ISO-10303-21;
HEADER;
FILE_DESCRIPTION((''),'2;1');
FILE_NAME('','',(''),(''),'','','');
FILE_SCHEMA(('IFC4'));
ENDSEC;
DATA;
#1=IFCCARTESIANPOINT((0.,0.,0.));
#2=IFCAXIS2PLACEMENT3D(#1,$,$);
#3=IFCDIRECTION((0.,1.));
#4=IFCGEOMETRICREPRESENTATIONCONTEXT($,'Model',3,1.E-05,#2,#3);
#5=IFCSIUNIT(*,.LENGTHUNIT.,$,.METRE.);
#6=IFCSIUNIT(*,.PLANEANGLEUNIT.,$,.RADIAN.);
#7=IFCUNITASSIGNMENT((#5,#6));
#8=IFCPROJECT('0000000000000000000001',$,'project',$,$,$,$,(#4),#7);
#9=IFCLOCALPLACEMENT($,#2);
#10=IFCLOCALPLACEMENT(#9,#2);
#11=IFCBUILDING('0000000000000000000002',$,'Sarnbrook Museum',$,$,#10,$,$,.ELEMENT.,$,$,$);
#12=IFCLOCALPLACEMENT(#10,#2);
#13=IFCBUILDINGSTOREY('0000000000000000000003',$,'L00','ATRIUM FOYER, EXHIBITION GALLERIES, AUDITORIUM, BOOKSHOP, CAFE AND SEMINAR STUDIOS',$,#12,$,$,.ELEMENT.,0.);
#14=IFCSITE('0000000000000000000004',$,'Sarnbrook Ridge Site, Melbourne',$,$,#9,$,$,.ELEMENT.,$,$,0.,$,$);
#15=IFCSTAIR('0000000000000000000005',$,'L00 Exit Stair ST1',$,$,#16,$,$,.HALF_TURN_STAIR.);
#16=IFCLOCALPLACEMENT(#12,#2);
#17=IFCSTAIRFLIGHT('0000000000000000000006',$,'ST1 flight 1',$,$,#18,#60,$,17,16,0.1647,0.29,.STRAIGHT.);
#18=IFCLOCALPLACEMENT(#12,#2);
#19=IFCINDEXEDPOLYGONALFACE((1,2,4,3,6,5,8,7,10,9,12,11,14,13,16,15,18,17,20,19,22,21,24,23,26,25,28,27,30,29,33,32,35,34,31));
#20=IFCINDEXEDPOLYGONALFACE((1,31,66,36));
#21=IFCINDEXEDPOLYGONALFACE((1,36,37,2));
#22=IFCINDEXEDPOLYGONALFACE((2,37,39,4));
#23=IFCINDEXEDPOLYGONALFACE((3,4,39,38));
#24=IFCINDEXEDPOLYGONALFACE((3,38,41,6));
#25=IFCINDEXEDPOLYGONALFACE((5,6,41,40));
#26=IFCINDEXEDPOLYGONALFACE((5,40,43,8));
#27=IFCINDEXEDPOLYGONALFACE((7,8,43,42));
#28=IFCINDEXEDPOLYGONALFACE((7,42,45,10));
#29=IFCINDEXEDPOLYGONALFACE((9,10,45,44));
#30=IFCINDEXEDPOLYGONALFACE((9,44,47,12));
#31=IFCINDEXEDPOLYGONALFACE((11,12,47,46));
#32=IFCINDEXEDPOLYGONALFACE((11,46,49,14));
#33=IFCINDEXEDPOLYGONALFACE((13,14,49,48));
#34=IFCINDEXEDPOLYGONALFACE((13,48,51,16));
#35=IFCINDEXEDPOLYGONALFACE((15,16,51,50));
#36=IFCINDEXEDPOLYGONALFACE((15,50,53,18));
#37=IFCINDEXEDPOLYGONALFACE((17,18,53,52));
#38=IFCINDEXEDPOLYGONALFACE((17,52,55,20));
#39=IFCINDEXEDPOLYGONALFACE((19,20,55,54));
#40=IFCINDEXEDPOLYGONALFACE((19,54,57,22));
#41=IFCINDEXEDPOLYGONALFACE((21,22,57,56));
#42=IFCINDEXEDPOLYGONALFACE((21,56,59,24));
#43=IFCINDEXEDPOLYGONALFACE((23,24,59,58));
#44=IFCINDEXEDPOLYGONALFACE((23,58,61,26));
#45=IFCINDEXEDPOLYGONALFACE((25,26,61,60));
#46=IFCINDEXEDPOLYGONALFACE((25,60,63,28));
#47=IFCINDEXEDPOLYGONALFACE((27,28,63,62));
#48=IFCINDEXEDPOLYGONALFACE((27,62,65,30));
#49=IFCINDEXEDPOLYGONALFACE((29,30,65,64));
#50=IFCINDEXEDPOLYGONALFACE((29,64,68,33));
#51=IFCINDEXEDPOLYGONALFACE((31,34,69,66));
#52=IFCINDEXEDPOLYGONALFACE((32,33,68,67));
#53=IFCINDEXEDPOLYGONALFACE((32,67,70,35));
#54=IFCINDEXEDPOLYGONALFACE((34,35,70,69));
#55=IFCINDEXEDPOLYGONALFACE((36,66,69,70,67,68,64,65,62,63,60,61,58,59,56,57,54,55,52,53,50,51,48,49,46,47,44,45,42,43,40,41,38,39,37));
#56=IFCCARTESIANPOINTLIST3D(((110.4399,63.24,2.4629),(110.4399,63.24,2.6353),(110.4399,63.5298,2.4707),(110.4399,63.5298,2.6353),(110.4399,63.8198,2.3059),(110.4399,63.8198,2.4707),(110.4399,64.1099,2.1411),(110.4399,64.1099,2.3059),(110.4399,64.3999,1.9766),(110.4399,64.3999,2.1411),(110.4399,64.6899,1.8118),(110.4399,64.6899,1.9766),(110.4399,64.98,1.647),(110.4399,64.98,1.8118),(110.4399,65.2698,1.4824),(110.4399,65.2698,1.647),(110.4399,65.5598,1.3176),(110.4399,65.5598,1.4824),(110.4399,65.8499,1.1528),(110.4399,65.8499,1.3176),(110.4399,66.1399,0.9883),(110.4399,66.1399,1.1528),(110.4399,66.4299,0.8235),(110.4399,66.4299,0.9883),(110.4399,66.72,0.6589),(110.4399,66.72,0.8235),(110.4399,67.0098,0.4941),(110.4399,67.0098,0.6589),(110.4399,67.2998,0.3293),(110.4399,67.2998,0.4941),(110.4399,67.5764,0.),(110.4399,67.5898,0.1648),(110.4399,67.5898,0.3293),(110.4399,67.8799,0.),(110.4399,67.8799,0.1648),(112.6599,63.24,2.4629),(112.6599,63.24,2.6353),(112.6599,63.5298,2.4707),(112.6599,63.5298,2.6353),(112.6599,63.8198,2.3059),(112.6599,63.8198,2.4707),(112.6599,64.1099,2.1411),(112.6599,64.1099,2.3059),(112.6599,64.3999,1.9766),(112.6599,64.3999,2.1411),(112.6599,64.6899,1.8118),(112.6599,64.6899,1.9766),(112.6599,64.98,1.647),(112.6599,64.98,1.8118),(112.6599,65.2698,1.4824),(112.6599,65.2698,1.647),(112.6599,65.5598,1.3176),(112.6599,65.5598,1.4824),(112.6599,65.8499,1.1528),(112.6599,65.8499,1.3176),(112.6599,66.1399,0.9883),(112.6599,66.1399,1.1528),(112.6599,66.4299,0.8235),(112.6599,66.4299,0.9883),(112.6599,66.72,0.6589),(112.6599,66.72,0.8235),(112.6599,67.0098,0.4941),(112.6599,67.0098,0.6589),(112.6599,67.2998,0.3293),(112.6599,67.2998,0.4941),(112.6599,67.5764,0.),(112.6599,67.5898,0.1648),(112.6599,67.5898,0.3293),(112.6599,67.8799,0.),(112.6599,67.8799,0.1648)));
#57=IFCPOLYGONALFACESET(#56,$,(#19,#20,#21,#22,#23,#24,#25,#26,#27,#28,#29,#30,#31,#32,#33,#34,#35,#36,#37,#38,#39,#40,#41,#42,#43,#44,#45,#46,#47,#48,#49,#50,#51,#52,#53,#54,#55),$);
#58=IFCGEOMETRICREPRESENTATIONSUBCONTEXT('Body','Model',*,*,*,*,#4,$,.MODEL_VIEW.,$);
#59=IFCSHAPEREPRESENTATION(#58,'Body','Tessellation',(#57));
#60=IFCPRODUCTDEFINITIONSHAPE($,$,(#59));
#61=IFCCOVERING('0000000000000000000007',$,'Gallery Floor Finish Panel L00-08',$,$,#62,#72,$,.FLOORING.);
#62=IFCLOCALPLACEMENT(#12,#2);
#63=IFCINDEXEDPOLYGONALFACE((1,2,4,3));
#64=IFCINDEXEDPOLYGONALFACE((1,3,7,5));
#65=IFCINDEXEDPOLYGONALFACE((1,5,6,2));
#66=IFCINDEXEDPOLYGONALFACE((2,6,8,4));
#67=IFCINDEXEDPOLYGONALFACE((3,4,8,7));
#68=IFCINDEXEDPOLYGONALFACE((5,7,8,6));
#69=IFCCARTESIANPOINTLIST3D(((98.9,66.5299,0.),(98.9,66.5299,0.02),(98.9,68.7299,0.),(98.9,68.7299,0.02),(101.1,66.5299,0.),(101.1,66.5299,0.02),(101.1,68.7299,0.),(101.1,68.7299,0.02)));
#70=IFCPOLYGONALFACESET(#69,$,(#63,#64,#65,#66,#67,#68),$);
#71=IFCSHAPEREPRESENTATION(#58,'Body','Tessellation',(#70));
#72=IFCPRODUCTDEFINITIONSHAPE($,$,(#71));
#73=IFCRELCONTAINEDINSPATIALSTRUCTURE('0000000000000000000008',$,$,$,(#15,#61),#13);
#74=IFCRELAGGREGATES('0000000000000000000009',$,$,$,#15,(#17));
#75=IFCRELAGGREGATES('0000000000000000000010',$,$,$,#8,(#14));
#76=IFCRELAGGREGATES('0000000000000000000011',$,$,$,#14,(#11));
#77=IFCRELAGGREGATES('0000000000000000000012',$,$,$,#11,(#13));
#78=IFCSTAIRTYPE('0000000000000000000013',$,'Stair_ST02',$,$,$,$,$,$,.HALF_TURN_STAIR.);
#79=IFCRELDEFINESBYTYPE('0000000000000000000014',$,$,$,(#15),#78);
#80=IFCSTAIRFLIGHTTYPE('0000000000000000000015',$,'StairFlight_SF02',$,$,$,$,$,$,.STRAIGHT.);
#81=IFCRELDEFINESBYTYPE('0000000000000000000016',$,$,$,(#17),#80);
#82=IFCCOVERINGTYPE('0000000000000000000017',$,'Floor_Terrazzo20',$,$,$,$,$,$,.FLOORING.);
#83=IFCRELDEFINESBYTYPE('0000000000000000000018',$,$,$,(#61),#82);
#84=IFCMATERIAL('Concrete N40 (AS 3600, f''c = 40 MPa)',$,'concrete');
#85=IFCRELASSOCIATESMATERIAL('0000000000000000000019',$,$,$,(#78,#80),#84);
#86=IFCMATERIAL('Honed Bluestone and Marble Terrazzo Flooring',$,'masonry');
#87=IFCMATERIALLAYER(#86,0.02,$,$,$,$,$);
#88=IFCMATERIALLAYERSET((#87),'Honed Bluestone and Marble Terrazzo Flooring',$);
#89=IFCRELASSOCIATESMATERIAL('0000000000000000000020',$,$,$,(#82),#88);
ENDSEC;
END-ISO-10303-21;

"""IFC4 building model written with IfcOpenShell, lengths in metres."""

from ifc_helpers import new_model, si_unit, direction, frame, origin, origin_2d, place, context, subcontext, project, spatial, polyline, rectangle, outline, extrude, material, layer, layer_set, type_object, element, aggregate, save


model = new_model("IFC4")

# Units and contexts
model_context = context("Model", 3, precision=1e-05, world=origin(), true_north=direction((0.0, 1.0)))
body_context = subcontext(model_context, "Body", "Model", "MODEL_VIEW")
ifc_project = project(units=[si_unit("LENGTHUNIT", "METRE"), si_unit("PLANEANGLEUNIT", "RADIAN")], contexts=[model_context])

# Site, building, storey
site_placement = place(None, origin())
site = spatial("IfcSite", under=ifc_project, at=site_placement, Name="Sarnbrook Ridge Site, Melbourne", CompositionType="ELEMENT", RefElevation=0.0)
building_placement = place(site_placement, origin())
building = spatial("IfcBuilding", under=site, at=building_placement, Name="Sarnbrook Museum", CompositionType="ELEMENT")
storey_placement = place(building_placement, origin())
storey = spatial("IfcBuildingStorey", under=building, at=storey_placement, Name="L00", Description="ATRIUM FOYER, EXHIBITION GALLERIES, AUDITORIUM, BOOKSHOP, CAFE AND SEMINAR STUDIOS", CompositionType="ELEMENT", Elevation=0.0)

# Stair, stair flight
ifc_material_1 = material(Name="Concrete N40 (AS 3600, f'c = 40 MPa)", Category="concrete")
stair_type = type_object("IfcStairType", Name="Stair_ST02", PredefinedType="HALF_TURN_STAIR", material=ifc_material_1)
stair_placement = place(storey_placement, origin())
stair = element("IfcStair", 1, at=stair_placement, inside=storey, type_object=stair_type, Name="L00 Exit Stair ST1", PredefinedType="HALF_TURN_STAIR")
stair_flight_type = type_object("IfcStairFlightType", Name="StairFlight_SF02", PredefinedType="STRAIGHT", material=ifc_material_1)
stair_flight_placement = place(storey_placement, frame((111.55, 67.8799, 0.0), z_axis=(0.0, 0.0, 1.0), x_axis=(0.0, -1.0, 0.0)))
stair_flight = element("IfcStairFlight", 2, at=stair_flight_placement, type_object=stair_flight_type, Name="ST1 flight 1", NumberOfRisers=17, NumberOfTreads=16, PredefinedType="STRAIGHT", RiserHeight=0.1647, TreadLength=0.29, context=body_context, shape_type="SweptSolid", body=[
    extrude(outline(polyline([(0.0, 0.0), (0.0, 0.1648), (0.29, 0.1648), (0.29, 0.3293), (0.5801, 0.3293), (0.5801, 0.4941), (0.8701, 0.4941), (0.8701, 0.6589), (1.1599, 0.6589), (1.1599, 0.8235), (1.45, 0.8235), (1.45, 0.9883), (1.74, 0.9883), (1.74, 1.1528), (2.03, 1.1528), (2.03, 1.3176), (2.3201, 1.3176), (2.3201, 1.4824), (2.6101, 1.4824), (2.6101, 1.647), (2.8999, 1.647), (2.8999, 1.8118), (3.1899, 1.8118), (3.1899, 1.9766), (3.48, 1.9766), (3.48, 2.1411), (3.77, 2.1411), (3.77, 2.3059), (4.0601, 2.3059), (4.0601, 2.4707), (4.3501, 2.4707), (4.3501, 2.6353), (4.6399, 2.6353), (4.6399, 2.8), (4.6399, 2.4629), (0.3035, 0.0), (0.0, 0.0)])), frame((0.0, 1.1099, 0.0), z_axis=(0.0, -1.0, 0.0), x_axis=(1.0, 0.0, 0.0)), (0.0, 0.0, 1.0), 2.22),
])
aggregate(stair, [stair_flight])

# Covering
ifc_material_2 = material(Name="Honed Bluestone and Marble Terrazzo Flooring", Category="masonry")
ifc_layer_1 = layer(ifc_material_2, 0.02)
ifc_layer_set_1 = layer_set([ifc_layer_1], Name="Honed Bluestone and Marble Terrazzo Flooring")
covering_type = type_object("IfcCoveringType", Name="Floor_Terrazzo20", PredefinedType="FLOORING", material=ifc_layer_set_1)
covering_placement = place(storey_placement, frame((100.0, 67.6299, 0.0), z_axis=(0.0, 0.0, 1.0), x_axis=(1.0, 0.0, 0.0)))
element("IfcCovering", 3, at=covering_placement, inside=storey, type_object=covering_type, Name="Gallery Floor Finish Panel L00-08", PredefinedType="FLOORING", context=body_context, shape_type="SweptSolid", body=[
    extrude(rectangle(XDim=2.2, YDim=2.2, at=origin_2d()), origin(), (0.0, 0.0, 1.0), 0.02),
])

save(model, "model.ifc")
